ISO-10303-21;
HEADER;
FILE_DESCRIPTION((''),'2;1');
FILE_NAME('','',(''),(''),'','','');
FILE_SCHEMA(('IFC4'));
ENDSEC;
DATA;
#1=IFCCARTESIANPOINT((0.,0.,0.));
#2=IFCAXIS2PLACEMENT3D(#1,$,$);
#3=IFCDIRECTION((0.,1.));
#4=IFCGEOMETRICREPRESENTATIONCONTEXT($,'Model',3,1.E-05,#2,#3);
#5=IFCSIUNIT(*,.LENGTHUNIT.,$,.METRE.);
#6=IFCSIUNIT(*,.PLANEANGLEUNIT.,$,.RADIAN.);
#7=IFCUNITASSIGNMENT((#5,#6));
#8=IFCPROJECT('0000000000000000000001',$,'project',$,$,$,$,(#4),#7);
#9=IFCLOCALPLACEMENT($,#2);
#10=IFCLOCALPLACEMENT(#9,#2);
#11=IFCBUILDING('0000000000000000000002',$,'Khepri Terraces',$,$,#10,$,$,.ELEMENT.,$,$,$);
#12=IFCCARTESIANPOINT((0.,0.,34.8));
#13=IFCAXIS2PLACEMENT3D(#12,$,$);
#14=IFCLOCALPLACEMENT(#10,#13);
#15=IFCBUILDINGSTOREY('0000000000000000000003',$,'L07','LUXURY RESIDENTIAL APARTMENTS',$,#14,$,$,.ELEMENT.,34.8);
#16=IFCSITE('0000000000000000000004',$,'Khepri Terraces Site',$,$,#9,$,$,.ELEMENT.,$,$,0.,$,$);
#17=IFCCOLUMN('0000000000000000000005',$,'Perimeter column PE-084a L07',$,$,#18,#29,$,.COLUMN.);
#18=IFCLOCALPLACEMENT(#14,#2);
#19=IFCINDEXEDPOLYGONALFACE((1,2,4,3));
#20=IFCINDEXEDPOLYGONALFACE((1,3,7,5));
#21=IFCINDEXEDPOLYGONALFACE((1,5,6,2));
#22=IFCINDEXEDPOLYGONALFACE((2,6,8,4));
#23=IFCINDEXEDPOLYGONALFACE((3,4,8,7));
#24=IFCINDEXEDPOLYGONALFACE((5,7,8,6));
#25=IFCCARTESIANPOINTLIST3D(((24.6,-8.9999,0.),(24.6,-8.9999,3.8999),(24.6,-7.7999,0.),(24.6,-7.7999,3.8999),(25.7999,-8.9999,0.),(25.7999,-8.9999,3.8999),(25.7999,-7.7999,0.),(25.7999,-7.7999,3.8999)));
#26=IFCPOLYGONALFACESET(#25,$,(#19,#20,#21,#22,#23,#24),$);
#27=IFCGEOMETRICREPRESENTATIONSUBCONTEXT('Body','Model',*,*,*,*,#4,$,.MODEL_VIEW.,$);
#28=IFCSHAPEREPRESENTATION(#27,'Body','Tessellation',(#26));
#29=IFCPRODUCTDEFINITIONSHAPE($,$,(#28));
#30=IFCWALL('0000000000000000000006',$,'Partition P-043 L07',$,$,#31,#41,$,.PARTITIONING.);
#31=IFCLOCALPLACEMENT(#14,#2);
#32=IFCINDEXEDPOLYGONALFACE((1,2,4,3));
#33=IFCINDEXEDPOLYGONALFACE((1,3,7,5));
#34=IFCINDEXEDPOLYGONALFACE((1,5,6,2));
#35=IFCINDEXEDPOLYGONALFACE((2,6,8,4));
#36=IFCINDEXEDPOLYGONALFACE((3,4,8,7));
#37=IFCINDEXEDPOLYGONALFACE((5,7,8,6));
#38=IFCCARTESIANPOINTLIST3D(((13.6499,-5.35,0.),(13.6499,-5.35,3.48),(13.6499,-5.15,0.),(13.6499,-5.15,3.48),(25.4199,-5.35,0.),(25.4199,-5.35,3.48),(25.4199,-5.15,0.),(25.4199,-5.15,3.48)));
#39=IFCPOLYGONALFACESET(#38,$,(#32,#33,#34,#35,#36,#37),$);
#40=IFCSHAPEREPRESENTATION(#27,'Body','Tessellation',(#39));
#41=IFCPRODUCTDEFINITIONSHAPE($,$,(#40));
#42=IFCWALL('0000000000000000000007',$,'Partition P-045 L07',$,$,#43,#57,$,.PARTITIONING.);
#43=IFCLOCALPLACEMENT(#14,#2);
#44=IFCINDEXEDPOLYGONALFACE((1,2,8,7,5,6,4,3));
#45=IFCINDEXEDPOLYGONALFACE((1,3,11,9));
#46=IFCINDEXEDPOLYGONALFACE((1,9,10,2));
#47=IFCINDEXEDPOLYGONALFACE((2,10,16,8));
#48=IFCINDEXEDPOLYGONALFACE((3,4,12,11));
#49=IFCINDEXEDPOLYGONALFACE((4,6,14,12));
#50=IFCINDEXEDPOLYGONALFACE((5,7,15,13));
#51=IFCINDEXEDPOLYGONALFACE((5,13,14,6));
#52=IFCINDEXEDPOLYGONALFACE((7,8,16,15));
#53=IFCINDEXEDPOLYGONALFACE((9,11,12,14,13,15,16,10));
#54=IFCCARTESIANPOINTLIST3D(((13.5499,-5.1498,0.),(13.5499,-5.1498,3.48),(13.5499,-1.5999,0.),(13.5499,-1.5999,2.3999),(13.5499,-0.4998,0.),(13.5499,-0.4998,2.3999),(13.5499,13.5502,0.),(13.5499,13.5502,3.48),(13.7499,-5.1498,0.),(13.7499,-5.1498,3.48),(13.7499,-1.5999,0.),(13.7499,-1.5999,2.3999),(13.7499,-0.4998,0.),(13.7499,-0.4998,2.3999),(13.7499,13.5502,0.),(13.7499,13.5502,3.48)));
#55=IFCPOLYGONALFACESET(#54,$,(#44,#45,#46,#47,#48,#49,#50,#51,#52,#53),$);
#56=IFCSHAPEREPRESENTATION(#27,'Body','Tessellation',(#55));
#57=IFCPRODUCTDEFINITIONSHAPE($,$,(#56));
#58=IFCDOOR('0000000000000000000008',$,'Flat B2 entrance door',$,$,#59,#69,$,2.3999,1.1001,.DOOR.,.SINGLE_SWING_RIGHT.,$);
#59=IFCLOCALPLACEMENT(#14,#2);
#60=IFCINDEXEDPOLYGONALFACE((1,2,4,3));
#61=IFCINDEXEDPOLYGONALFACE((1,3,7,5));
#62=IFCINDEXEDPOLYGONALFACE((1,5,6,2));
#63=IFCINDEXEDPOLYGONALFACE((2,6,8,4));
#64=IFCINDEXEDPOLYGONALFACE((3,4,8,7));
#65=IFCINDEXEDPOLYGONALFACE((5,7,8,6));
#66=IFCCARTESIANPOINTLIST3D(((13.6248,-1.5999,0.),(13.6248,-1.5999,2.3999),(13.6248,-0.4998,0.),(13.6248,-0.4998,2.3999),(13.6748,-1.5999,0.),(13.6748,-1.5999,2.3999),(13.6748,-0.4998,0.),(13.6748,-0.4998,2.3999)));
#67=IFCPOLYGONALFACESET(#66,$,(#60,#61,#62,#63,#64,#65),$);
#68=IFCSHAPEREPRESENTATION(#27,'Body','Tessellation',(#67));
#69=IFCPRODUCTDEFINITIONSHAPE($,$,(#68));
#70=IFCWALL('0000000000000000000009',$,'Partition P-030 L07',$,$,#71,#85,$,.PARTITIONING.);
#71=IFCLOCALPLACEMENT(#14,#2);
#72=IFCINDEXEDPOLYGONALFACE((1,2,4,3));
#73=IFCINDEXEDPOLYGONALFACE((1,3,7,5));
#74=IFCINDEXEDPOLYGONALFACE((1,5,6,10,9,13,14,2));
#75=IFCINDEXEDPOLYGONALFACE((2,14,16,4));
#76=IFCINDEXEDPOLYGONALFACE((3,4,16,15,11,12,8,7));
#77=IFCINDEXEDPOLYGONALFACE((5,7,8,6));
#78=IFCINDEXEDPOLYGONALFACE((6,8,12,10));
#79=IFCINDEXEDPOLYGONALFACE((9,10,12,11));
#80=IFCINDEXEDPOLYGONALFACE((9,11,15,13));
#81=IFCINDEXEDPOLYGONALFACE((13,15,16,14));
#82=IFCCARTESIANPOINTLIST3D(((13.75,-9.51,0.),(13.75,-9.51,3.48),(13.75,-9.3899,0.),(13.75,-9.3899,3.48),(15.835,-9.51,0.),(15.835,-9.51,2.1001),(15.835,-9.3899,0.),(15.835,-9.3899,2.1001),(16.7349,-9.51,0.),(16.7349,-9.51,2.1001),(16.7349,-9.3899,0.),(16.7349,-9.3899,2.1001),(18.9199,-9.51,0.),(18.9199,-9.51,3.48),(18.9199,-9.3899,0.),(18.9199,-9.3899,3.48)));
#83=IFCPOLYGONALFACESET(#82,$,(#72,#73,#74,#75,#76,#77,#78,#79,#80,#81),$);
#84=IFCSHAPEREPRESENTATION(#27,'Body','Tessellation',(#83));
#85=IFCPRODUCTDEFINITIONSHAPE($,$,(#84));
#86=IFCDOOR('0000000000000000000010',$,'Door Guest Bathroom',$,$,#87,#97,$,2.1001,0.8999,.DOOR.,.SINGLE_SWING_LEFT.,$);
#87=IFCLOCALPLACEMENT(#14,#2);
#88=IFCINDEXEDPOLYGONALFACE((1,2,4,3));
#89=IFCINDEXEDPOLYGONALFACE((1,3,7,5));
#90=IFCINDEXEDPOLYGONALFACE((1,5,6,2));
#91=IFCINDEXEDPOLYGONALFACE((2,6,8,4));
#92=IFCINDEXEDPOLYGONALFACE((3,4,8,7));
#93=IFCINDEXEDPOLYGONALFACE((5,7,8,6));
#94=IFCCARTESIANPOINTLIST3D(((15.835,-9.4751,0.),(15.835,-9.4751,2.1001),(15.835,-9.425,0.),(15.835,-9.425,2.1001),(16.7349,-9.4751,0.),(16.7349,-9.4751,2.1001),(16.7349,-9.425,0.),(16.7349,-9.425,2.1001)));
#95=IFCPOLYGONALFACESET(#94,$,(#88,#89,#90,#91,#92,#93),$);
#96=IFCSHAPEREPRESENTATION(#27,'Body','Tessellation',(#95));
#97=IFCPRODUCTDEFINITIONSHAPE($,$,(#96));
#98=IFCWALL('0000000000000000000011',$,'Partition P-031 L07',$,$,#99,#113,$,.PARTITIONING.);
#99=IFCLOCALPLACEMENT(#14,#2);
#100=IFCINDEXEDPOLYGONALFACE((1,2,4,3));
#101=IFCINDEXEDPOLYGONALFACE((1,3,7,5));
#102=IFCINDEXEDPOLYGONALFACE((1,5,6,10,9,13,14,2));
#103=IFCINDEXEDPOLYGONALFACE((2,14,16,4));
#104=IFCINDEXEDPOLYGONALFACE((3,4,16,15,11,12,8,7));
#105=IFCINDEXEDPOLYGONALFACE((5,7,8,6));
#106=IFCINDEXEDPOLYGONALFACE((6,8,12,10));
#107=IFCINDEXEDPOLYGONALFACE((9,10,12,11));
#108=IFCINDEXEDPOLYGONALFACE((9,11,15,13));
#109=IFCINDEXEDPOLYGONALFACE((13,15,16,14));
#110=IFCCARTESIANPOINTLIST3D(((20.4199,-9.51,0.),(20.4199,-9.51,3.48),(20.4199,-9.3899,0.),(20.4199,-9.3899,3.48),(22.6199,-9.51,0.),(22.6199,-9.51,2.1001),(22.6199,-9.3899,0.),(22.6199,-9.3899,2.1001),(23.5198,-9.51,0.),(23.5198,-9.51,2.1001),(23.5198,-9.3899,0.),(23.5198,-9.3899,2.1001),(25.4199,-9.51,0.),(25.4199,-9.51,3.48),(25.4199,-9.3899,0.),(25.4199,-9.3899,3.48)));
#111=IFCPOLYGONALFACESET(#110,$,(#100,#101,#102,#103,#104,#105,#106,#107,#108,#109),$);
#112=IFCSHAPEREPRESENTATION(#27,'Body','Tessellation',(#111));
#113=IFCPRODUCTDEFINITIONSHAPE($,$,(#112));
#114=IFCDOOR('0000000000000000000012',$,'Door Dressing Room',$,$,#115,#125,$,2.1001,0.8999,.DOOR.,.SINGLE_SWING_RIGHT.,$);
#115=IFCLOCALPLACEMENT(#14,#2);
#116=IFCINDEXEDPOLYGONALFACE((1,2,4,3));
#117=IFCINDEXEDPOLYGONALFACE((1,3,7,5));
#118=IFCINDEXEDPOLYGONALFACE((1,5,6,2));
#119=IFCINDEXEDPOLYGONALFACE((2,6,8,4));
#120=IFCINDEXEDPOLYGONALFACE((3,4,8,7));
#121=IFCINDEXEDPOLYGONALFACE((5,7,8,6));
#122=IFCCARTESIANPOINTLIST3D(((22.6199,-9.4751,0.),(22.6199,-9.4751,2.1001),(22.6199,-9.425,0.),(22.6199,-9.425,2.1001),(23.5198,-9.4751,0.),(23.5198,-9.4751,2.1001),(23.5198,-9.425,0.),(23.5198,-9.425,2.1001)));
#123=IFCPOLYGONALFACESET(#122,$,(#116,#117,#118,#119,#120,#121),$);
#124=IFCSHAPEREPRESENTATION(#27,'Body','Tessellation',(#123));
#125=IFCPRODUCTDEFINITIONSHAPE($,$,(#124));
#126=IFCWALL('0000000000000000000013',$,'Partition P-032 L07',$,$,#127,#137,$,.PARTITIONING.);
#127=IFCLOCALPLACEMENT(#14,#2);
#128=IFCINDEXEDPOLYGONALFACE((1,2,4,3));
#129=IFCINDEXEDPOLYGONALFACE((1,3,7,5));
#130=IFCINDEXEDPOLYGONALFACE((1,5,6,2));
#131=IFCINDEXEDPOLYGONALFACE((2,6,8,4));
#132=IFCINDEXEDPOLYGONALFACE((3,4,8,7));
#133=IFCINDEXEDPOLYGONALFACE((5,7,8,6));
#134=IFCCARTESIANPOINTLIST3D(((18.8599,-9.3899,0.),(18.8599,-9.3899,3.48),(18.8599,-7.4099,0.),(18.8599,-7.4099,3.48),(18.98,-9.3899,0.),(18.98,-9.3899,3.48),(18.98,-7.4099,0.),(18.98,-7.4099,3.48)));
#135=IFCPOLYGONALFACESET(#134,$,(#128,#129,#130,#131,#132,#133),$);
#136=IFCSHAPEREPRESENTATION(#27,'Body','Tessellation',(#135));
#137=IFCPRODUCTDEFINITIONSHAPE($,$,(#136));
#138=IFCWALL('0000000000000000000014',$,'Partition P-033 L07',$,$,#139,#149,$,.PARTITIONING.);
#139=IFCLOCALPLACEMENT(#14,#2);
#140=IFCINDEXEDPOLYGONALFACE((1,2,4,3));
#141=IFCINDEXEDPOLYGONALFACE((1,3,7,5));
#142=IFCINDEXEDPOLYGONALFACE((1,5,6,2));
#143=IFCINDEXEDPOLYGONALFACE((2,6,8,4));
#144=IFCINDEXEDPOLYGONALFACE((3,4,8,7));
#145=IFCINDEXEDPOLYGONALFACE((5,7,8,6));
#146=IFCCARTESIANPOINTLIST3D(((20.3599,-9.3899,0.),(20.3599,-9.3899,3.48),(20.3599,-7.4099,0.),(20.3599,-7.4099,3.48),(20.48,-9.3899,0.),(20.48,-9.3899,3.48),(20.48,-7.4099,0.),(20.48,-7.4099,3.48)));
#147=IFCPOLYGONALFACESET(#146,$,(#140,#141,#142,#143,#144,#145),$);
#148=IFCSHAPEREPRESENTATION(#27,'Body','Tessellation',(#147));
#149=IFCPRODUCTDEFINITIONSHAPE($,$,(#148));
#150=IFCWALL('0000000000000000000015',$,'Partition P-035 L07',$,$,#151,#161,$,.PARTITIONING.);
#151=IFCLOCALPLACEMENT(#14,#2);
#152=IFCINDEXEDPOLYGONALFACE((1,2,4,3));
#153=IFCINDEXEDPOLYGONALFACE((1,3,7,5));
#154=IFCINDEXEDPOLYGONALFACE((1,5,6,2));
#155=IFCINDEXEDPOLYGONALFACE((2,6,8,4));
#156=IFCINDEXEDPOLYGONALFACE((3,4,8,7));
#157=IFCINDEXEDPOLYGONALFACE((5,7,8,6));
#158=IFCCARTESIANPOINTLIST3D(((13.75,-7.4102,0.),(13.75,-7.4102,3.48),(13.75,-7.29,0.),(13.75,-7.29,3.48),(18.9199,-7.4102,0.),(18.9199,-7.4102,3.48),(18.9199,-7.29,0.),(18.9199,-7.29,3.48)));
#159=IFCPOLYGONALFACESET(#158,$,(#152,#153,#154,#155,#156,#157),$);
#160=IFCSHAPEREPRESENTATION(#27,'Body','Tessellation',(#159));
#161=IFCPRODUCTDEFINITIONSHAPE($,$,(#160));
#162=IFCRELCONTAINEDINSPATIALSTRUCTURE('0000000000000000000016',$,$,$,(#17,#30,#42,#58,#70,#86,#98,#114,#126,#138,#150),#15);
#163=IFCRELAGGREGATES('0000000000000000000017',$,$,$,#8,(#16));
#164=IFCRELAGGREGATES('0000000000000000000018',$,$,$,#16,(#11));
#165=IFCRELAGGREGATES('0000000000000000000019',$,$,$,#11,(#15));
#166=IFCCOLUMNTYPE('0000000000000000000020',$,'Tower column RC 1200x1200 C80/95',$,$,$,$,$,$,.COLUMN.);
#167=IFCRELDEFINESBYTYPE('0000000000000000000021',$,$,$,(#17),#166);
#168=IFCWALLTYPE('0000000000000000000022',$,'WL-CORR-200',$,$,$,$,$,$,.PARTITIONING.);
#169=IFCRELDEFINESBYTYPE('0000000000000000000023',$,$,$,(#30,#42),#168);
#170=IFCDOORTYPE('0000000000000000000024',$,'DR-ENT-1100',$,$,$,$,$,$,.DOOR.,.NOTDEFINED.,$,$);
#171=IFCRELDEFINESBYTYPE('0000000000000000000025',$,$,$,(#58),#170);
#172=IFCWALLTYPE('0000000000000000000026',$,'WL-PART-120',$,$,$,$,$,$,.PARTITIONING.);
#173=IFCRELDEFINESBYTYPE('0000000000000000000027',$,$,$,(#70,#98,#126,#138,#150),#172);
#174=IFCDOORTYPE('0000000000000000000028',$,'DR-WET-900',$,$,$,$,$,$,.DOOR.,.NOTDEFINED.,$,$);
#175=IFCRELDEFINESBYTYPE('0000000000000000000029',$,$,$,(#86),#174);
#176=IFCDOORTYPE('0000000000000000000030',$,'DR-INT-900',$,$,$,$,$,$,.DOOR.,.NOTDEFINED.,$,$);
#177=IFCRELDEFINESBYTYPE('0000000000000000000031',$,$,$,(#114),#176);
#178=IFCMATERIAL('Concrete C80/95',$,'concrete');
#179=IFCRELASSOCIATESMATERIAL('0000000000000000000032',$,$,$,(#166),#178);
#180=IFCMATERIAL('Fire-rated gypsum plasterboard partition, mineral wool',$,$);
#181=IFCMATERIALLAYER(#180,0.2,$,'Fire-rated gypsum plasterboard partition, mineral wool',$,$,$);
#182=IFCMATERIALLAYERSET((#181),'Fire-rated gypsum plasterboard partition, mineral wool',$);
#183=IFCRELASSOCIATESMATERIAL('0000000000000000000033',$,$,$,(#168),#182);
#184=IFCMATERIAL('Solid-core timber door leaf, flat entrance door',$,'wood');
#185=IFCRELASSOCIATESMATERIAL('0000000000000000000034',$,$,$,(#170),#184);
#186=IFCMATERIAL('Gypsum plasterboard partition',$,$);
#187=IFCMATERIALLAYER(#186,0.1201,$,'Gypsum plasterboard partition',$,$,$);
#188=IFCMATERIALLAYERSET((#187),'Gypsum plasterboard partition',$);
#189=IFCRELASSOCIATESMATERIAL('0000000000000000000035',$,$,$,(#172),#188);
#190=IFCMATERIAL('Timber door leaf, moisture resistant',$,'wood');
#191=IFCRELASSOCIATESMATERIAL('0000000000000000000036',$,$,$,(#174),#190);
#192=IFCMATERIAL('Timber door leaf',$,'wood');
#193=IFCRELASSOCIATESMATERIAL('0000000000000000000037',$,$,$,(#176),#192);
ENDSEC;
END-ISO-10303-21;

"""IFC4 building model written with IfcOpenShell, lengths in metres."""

from ifc_helpers import new_model, si_unit, direction, frame, frame_2d, origin, origin_2d, place, context, subcontext, project, spatial, rectangle, extrude, material, layer, layer_set, material_profile, profile_set, type_object, element, fill, save


model = new_model("IFC4")

# Units and contexts
model_context = context("Model", 3, precision=1e-05, world=origin(), true_north=direction((0.0, 1.0)))
body_context = subcontext(model_context, "Body", "Model", "MODEL_VIEW")
ifc_project = project(units=[si_unit("LENGTHUNIT", "METRE"), si_unit("PLANEANGLEUNIT", "RADIAN")], contexts=[model_context])

# Site, building, storey
site_placement = place(None, origin())
site = spatial("IfcSite", under=ifc_project, at=site_placement, Name="Khepri Terraces Site", CompositionType="ELEMENT", RefElevation=0.0)
building_placement = place(site_placement, origin())
building = spatial("IfcBuilding", under=site, at=building_placement, Name="Khepri Terraces", CompositionType="ELEMENT")
storey_placement = place(building_placement, frame((0.0, 0.0, 34.8)))
storey = spatial("IfcBuildingStorey", under=building, at=storey_placement, Name="L07", Description="LUXURY RESIDENTIAL APARTMENTS", CompositionType="ELEMENT", Elevation=34.8)

# Column
ifc_material_1 = material(Name="Concrete C80/95", Category="concrete")
ifc_material_profile = material_profile(ifc_material_1, rectangle(XDim=1.2, YDim=1.2, at=origin_2d()), Name="Concrete C80/95", Category="concrete")
ifc_profile_set = profile_set([ifc_material_profile], Name="Concrete C80/95")
column_type = type_object("IfcColumnType", Name="Tower column RC 1200x1200 C80/95", PredefinedType="COLUMN", material=ifc_profile_set)
column_placement = place(storey_placement, frame((25.2, -8.3999, 0.0), z_axis=(0.0, 0.0, 1.0), x_axis=(1.0, 0.0, 0.0)))
element("IfcColumn", 1, at=column_placement, inside=storey, type_object=column_type, Name="Perimeter column PE-084a L07", PredefinedType="COLUMN", context=body_context, shape_type="SweptSolid", body=[
    extrude(rectangle(XDim=1.2, YDim=1.2, at=origin_2d()), origin(), (0.0, 0.0, 1.0), 3.8999),
])

# Wall
ifc_material_2 = material(Name="Fire-rated gypsum plasterboard partition, mineral wool")
ifc_layer_1 = layer(ifc_material_2, 0.2, Name="Fire-rated gypsum plasterboard partition, mineral wool")
ifc_layer_set_1 = layer_set([ifc_layer_1], Name="Fire-rated gypsum plasterboard partition, mineral wool")
wall_type_1 = type_object("IfcWallType", Name="WL-CORR-200", PredefinedType="PARTITIONING", material=ifc_layer_set_1)
wall_1_placement = place(storey_placement, frame((13.6499, -5.25, 0.0), z_axis=(0.0, 0.0, 1.0), x_axis=(1.0, 0.0, 0.0)))
element("IfcWall", 2, at=wall_1_placement, inside=storey, type_object=wall_type_1, Name="Partition P-043 L07", PredefinedType="PARTITIONING", context=body_context, shape_type="SweptSolid", body=[
    extrude(rectangle(XDim=11.77, YDim=0.2, at=frame_2d((5.885, 0.0))), origin(), (0.0, 0.0, 1.0), 3.48),
])

# Wall, opening, door
wall_2_placement = place(storey_placement, frame((13.6499, -5.1499, 0.0), z_axis=(0.0, 0.0, 1.0), x_axis=(0.0, 1.0, 0.0)))
wall_2 = element("IfcWall", 3, at=wall_2_placement, inside=storey, type_object=wall_type_1, Name="Partition P-045 L07", PredefinedType="PARTITIONING", context=body_context, shape_type="SweptSolid", body=[
    extrude(rectangle(XDim=18.7, YDim=0.2, at=frame_2d((9.3501, 0.0))), origin(), (0.0, 0.0, 1.0), 3.48),
])
opening_1_placement = place(wall_2_placement, frame((3.55, 0.0, 0.0)))
opening_1 = element("IfcOpeningElement", 4, at=opening_1_placement, cuts=wall_2, PredefinedType="OPENING", context=body_context, shape_type="SweptSolid", body=[
    extrude(rectangle(XDim=1.1001, YDim=2.3999, at=frame_2d((0.55, 1.2))), frame((0.0, 0.1099, 0.0), z_axis=(0.0, -1.0, 0.0), x_axis=(1.0, 0.0, 0.0)), (0.0, 0.0, 1.0), 0.22),
])
ifc_material_3 = material(Name="Solid-core timber door leaf, flat entrance door", Category="wood")
door_type_1 = type_object("IfcDoorType", Name="DR-ENT-1100", OperationType="NOTDEFINED", PredefinedType="DOOR", material=ifc_material_3)
door_1_placement = place(opening_1_placement, frame((1.1001, 0.0, 0.0), z_axis=(0.0, 0.0, 1.0), x_axis=(-1.0, 0.0, 0.0)))
door_1 = element("IfcDoor", 5, at=door_1_placement, inside=storey, type_object=door_type_1, Name="Flat B2 entrance door", OperationType="SINGLE_SWING_RIGHT", OverallHeight=2.3999, OverallWidth=1.1001, PredefinedType="DOOR", context=body_context, shape_type="SweptSolid", body=[
    extrude(rectangle(XDim=1.1001, YDim=2.3999, at=frame_2d((0.55, 1.2))), frame((0.0, 0.0249, 0.0), z_axis=(0.0, -1.0, 0.0), x_axis=(1.0, 0.0, 0.0)), (0.0, 0.0, 1.0), 0.05),
])
fill(opening_1, door_1)

# Walls, openings, doors
ifc_material_4 = material(Name="Gypsum plasterboard partition")
ifc_layer_2 = layer(ifc_material_4, 0.1201, Name="Gypsum plasterboard partition")
ifc_layer_set_2 = layer_set([ifc_layer_2], Name="Gypsum plasterboard partition")
wall_type_2 = type_object("IfcWallType", Name="WL-PART-120", PredefinedType="PARTITIONING", material=ifc_layer_set_2)
wall_3_placement = place(storey_placement, frame((13.75, -9.45, 0.0), z_axis=(0.0, 0.0, 1.0), x_axis=(1.0, 0.0, 0.0)))
wall_3 = element("IfcWall", 6, at=wall_3_placement, inside=storey, type_object=wall_type_2, Name="Partition P-030 L07", PredefinedType="PARTITIONING", context=body_context, shape_type="SweptSolid", body=[
    extrude(rectangle(XDim=5.1699, YDim=0.1201, at=frame_2d((2.585, 0.0))), origin(), (0.0, 0.0, 1.0), 3.48),
])
opening_2_placement = place(wall_3_placement, frame((2.085, 0.0, 0.0)))
opening_2 = element("IfcOpeningElement", 7, at=opening_2_placement, cuts=wall_3, PredefinedType="OPENING", context=body_context, shape_type="SweptSolid", body=[
    extrude(rectangle(XDim=0.8999, YDim=2.1001, at=frame_2d((0.45, 1.05))), frame((0.0, 0.0701, 0.0), z_axis=(0.0, -1.0, 0.0), x_axis=(1.0, 0.0, 0.0)), (0.0, 0.0, 1.0), 0.1401),
])
ifc_material_5 = material(Name="Timber door leaf, moisture resistant", Category="wood")
door_type_2 = type_object("IfcDoorType", Name="DR-WET-900", OperationType="NOTDEFINED", PredefinedType="DOOR", material=ifc_material_5)
door_2_placement = place(opening_2_placement, origin())
door_2 = element("IfcDoor", 8, at=door_2_placement, inside=storey, type_object=door_type_2, Name="Door Guest Bathroom", OperationType="SINGLE_SWING_LEFT", OverallHeight=2.1001, OverallWidth=0.8999, PredefinedType="DOOR", context=body_context, shape_type="SweptSolid", body=[
    extrude(rectangle(XDim=0.8999, YDim=2.1001, at=frame_2d((0.45, 1.05))), frame((0.0, 0.0249, 0.0), z_axis=(0.0, -1.0, 0.0), x_axis=(1.0, 0.0, 0.0)), (0.0, 0.0, 1.0), 0.05),
])
fill(opening_2, door_2)
wall_4_placement = place(storey_placement, frame((20.4199, -9.45, 0.0), z_axis=(0.0, 0.0, 1.0), x_axis=(1.0, 0.0, 0.0)))
wall_4 = element("IfcWall", 9, at=wall_4_placement, inside=storey, type_object=wall_type_2, Name="Partition P-031 L07", PredefinedType="PARTITIONING", context=body_context, shape_type="SweptSolid", body=[
    extrude(rectangle(XDim=5.0, YDim=0.1201, at=frame_2d((2.5, 0.0))), origin(), (0.0, 0.0, 1.0), 3.48),
])
opening_3_placement = place(wall_4_placement, frame((2.2, 0.0, 0.0)))
opening_3 = element("IfcOpeningElement", 10, at=opening_3_placement, cuts=wall_4, PredefinedType="OPENING", context=body_context, shape_type="SweptSolid", body=[
    extrude(rectangle(XDim=0.8999, YDim=2.1001, at=frame_2d((0.45, 1.05))), frame((0.0, 0.0701, 0.0), z_axis=(0.0, -1.0, 0.0), x_axis=(1.0, 0.0, 0.0)), (0.0, 0.0, 1.0), 0.1401),
])
ifc_material_6 = material(Name="Timber door leaf", Category="wood")
door_type_3 = type_object("IfcDoorType", Name="DR-INT-900", OperationType="NOTDEFINED", PredefinedType="DOOR", material=ifc_material_6)
door_3_placement = place(opening_3_placement, origin())
door_3 = element("IfcDoor", 11, at=door_3_placement, inside=storey, type_object=door_type_3, Name="Door Dressing Room", OperationType="SINGLE_SWING_RIGHT", OverallHeight=2.1001, OverallWidth=0.8999, PredefinedType="DOOR", context=body_context, shape_type="SweptSolid", body=[
    extrude(rectangle(XDim=0.8999, YDim=2.1001, at=frame_2d((0.45, 1.05))), frame((0.0, 0.0249, 0.0), z_axis=(0.0, -1.0, 0.0), x_axis=(1.0, 0.0, 0.0)), (0.0, 0.0, 1.0), 0.05),
])
fill(opening_3, door_3)

# Walls
for number, where, z_axis, x_axis, name in (
    (12, (18.9199, -9.3899, 0.0), (0.0, 0.0, 1.0), (0.0, 1.0, 0.0), "Partition P-032 L07"),
    (13, (20.4199, -9.3899, 0.0), (0.0, 0.0, 1.0), (0.0, 1.0, 0.0), "Partition P-033 L07"),
):
    element("IfcWall", number, at=place(storey_placement, frame(where, z_axis=z_axis, x_axis=x_axis)), inside=storey, type_object=wall_type_2, Name=name, PredefinedType="PARTITIONING", context=body_context, shape_type="SweptSolid", body=[
        extrude(rectangle(XDim=1.98, YDim=0.1201, at=frame_2d((0.99, 0.0))), origin(), (0.0, 0.0, 1.0), 3.48),
    ])
wall_5_placement = place(storey_placement, frame((13.75, -7.3501, 0.0), z_axis=(0.0, 0.0, 1.0), x_axis=(1.0, 0.0, 0.0)))
element("IfcWall", 14, at=wall_5_placement, inside=storey, type_object=wall_type_2, Name="Partition P-035 L07", PredefinedType="PARTITIONING", context=body_context, shape_type="SweptSolid", body=[
    extrude(rectangle(XDim=5.1699, YDim=0.1201, at=frame_2d((2.585, 0.0))), origin(), (0.0, 0.0, 1.0), 3.48),
])

save(model, "model.ifc")
